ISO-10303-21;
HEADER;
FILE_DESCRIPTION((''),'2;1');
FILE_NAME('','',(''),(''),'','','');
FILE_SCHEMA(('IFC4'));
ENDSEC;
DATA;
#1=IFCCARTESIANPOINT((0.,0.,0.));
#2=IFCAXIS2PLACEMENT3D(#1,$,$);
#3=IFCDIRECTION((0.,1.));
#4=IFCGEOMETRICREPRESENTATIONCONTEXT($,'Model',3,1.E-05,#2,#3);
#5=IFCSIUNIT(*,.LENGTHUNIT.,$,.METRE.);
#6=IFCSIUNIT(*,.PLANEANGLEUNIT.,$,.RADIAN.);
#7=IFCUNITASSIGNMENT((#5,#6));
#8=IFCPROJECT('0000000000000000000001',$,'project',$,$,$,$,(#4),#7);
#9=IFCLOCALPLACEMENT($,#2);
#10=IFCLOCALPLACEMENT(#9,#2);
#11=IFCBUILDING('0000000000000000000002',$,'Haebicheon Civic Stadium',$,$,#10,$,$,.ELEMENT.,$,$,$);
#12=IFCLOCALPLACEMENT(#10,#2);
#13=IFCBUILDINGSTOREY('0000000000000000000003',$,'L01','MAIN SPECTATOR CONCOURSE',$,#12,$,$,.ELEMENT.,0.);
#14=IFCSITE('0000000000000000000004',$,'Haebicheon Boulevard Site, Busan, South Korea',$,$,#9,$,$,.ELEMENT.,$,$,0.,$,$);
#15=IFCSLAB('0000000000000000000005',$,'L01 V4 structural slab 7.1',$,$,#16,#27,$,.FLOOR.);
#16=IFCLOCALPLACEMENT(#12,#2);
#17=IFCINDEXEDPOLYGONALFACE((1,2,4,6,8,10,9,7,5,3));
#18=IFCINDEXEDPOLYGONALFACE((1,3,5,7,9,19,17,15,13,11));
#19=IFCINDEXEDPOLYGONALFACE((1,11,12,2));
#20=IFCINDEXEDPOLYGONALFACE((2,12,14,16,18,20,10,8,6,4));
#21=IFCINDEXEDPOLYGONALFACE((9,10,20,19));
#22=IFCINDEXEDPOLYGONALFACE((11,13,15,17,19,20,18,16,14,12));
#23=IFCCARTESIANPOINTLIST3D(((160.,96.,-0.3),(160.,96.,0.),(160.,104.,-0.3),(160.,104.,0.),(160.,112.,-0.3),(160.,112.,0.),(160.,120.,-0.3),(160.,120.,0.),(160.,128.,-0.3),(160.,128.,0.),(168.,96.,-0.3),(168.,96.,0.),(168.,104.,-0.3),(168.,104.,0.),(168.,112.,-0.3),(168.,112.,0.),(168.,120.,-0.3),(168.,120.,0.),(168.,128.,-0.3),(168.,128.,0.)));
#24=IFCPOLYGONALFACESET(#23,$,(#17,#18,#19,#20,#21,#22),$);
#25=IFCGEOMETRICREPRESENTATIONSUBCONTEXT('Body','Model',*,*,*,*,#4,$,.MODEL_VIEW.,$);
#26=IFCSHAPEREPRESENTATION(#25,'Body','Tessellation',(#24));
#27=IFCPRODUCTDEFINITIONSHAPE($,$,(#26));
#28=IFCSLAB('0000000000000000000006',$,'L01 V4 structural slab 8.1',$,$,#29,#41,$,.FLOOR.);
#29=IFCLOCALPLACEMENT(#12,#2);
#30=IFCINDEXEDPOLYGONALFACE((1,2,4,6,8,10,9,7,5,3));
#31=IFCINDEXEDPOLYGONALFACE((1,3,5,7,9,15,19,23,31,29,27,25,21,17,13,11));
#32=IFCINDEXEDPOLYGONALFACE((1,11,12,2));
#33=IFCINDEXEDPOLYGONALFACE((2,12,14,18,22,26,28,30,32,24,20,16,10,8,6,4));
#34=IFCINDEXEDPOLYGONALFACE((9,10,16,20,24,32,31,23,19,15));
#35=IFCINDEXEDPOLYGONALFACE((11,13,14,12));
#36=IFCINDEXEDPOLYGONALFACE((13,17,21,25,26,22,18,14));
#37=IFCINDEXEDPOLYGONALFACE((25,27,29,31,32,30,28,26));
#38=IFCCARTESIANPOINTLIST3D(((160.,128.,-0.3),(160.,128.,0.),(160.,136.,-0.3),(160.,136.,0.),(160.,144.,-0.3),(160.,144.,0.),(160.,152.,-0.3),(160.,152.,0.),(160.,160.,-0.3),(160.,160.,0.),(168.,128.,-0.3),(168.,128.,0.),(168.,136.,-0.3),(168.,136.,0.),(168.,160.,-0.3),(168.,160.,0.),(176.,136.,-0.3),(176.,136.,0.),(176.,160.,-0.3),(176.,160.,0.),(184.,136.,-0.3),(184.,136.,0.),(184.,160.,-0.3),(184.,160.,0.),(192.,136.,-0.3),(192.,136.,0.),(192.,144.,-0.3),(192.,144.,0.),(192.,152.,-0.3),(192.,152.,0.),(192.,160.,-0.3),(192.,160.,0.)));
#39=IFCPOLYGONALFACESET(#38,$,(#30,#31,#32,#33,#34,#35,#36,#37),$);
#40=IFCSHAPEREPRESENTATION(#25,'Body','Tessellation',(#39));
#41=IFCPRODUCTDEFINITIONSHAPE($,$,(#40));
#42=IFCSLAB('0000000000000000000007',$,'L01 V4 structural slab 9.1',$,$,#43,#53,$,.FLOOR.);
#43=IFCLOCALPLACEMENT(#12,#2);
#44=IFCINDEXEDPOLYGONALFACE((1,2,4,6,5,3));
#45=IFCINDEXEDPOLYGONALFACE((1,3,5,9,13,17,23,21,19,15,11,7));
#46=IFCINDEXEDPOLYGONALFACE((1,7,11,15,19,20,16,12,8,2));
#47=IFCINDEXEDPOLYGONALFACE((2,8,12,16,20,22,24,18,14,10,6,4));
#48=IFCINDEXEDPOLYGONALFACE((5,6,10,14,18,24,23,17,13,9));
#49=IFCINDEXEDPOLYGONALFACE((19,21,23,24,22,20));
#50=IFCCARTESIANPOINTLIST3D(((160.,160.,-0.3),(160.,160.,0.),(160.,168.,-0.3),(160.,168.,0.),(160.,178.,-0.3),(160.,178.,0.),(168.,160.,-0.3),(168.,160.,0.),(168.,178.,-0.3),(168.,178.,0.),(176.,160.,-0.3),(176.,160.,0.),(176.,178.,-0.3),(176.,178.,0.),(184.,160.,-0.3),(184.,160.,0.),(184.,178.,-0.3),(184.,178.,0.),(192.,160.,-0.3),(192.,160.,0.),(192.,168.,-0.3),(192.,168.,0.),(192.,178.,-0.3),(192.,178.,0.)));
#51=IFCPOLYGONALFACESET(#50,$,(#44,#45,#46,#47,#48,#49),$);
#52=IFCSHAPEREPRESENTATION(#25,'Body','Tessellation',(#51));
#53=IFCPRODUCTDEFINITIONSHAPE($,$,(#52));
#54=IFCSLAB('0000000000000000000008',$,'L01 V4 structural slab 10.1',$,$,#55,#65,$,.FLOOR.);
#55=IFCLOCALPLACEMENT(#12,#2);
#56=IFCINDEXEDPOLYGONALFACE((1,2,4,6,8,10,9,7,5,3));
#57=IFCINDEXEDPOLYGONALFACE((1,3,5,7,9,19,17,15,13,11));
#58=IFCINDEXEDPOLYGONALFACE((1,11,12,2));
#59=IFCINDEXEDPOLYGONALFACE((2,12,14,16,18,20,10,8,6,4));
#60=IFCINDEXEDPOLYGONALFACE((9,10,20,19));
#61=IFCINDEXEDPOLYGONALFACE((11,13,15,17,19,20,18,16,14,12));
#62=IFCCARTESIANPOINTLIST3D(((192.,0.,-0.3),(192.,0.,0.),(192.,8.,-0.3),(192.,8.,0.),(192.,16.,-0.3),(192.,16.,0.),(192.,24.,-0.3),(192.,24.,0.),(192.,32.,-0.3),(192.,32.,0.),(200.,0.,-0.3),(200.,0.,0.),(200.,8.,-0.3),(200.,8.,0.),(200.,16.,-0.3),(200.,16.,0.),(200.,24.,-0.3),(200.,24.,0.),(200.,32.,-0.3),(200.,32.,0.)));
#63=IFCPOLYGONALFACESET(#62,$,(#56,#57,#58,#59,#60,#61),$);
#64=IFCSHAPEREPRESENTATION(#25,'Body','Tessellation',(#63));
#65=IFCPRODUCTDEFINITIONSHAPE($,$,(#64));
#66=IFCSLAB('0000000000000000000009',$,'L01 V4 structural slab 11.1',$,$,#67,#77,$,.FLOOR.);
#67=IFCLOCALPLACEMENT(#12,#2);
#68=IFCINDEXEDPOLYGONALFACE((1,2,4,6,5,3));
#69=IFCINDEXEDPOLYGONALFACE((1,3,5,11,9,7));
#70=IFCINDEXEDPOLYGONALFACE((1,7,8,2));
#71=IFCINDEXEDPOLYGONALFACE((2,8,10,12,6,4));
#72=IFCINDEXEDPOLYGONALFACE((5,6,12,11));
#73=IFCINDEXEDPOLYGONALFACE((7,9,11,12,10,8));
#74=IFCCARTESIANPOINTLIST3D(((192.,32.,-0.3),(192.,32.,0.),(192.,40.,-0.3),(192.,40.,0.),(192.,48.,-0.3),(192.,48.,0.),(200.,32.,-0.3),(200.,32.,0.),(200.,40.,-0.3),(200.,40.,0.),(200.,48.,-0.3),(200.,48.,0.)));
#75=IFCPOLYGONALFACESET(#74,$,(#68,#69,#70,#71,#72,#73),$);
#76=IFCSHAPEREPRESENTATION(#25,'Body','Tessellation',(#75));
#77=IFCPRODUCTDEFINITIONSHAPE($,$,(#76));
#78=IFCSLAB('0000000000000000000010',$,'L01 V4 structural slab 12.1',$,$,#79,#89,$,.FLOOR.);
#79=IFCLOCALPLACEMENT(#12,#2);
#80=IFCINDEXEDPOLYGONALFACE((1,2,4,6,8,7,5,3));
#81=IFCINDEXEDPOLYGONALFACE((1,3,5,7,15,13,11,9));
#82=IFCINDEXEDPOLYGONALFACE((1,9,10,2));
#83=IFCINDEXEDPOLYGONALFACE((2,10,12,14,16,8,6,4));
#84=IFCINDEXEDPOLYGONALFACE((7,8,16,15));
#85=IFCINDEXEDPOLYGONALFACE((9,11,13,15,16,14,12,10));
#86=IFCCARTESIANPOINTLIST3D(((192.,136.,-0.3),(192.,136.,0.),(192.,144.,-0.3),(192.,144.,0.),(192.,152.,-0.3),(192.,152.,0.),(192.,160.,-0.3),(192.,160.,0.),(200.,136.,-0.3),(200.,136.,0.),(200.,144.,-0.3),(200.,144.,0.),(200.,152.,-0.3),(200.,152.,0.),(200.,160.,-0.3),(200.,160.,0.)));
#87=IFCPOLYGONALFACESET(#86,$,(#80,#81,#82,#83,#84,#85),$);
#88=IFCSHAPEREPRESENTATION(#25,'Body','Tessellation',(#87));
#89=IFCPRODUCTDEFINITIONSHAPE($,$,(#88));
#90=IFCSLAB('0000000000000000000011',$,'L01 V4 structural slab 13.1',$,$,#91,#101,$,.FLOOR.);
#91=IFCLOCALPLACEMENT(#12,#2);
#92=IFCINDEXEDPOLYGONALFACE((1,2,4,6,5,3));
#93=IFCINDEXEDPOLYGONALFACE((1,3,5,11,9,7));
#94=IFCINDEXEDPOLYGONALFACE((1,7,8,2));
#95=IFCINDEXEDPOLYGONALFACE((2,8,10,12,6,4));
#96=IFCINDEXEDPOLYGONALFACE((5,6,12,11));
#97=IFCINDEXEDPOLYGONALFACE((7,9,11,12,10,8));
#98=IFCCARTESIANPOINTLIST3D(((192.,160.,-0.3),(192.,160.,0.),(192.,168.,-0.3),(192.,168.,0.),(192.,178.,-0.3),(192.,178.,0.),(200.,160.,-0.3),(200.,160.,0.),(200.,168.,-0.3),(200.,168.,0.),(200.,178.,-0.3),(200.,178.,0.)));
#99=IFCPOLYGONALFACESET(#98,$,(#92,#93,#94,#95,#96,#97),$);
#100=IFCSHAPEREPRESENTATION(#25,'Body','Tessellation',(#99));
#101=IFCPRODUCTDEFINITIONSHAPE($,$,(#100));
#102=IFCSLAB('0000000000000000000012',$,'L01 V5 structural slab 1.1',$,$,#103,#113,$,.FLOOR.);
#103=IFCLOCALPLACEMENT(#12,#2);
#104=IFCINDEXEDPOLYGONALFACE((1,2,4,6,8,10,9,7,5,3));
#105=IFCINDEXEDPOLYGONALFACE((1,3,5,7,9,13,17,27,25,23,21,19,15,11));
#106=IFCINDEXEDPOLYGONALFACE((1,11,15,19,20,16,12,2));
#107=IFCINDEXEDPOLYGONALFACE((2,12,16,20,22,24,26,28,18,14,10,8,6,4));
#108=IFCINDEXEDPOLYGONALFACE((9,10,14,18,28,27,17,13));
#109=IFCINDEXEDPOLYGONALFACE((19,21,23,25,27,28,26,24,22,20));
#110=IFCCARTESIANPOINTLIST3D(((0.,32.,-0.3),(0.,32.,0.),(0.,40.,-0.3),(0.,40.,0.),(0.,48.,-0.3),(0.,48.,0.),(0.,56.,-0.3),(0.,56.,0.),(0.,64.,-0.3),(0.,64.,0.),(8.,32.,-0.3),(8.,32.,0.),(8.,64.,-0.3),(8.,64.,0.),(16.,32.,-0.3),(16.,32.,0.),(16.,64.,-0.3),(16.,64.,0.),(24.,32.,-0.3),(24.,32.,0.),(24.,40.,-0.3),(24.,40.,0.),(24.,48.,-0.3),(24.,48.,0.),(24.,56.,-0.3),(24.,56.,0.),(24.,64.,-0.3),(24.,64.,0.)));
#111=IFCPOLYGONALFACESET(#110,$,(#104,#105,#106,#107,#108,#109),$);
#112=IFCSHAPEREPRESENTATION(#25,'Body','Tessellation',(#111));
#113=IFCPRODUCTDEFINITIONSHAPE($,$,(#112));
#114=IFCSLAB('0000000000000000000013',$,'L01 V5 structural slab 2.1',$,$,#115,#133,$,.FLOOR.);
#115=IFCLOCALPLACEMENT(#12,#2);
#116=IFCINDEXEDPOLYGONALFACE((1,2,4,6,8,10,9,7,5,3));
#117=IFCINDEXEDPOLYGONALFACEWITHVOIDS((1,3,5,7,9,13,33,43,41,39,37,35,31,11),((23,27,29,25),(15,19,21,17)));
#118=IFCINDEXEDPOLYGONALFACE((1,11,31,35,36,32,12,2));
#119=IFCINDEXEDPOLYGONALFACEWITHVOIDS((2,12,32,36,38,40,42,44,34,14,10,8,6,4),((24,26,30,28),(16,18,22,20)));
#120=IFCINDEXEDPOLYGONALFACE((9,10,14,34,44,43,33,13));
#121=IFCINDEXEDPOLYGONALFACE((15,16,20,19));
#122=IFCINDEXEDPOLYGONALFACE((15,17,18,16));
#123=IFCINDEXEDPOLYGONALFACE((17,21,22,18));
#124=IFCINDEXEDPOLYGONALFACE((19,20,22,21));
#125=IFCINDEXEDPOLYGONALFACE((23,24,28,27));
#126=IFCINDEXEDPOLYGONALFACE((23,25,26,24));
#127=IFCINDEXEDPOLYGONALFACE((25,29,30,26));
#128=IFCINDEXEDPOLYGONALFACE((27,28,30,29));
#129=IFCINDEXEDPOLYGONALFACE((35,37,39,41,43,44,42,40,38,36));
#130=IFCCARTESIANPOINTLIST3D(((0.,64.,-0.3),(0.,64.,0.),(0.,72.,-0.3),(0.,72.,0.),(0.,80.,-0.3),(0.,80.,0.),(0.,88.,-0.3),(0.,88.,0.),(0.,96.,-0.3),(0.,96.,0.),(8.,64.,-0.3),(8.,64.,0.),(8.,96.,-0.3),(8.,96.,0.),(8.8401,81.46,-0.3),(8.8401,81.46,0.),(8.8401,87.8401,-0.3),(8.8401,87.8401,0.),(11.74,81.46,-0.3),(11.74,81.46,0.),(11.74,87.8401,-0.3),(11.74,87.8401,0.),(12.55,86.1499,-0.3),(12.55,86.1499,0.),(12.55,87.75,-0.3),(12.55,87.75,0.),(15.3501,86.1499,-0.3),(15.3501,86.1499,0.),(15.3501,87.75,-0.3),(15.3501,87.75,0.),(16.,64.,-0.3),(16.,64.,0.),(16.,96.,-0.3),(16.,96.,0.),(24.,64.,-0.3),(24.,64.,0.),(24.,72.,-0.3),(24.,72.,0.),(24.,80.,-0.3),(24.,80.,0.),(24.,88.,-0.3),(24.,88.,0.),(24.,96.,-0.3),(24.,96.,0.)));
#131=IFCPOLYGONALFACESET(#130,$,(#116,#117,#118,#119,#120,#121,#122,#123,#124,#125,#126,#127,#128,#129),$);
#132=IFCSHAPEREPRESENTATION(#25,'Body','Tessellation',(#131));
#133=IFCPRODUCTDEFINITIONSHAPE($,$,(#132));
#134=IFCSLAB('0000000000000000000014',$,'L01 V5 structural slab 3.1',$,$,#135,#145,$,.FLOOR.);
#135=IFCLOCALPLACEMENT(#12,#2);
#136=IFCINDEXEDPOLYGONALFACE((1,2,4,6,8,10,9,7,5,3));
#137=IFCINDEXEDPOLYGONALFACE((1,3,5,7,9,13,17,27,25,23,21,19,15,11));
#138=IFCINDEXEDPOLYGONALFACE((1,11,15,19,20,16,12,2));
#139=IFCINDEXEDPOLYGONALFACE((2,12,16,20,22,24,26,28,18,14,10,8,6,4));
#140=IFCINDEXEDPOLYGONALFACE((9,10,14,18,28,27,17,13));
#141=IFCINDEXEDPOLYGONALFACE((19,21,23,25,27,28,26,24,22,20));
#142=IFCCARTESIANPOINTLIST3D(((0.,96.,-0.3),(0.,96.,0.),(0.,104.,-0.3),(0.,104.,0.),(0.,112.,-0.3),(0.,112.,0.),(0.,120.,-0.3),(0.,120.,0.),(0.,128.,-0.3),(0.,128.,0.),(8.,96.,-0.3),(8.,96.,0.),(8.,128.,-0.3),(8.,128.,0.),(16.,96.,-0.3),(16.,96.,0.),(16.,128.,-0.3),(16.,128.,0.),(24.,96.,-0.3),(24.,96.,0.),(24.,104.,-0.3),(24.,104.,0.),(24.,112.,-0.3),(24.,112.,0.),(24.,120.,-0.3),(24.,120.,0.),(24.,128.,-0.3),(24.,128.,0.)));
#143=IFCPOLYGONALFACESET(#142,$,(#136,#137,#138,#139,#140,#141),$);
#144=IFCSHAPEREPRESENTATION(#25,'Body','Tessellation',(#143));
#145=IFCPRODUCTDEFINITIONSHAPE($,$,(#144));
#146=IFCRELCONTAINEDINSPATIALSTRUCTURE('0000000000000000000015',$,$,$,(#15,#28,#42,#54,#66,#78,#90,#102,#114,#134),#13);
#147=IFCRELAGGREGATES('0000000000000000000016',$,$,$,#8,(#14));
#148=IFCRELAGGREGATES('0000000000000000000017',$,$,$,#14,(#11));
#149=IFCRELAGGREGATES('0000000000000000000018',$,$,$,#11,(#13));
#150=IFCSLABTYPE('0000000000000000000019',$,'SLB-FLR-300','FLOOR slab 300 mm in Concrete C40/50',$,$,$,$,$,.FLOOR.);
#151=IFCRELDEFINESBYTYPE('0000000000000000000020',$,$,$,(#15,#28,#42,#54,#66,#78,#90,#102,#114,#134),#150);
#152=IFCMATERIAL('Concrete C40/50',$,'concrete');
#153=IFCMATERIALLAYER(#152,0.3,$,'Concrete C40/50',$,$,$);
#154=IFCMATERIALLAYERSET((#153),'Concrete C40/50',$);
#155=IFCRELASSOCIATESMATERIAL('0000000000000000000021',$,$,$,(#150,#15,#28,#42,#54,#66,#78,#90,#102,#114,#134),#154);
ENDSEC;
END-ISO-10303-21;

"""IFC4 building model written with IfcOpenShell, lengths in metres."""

from ifc_helpers import new_model, si_unit, direction, frame, origin, place, context, subcontext, project, spatial, polyline, outline, extrude, material, layer, layer_set, type_object, element, save


model = new_model("IFC4")

# Units and contexts
model_context = context("Model", 3, precision=1e-05, world=origin(), true_north=direction((0.0, 1.0)))
body_context = subcontext(model_context, "Body", "Model", "MODEL_VIEW")
ifc_project = project(units=[si_unit("LENGTHUNIT", "METRE"), si_unit("PLANEANGLEUNIT", "RADIAN")], contexts=[model_context])

# Site, building, storey
site_placement = place(None, origin())
site = spatial("IfcSite", under=ifc_project, at=site_placement, Name="Haebicheon Boulevard Site, Busan, South Korea", CompositionType="ELEMENT", RefElevation=0.0)
building_placement = place(site_placement, origin())
building = spatial("IfcBuilding", under=site, at=building_placement, Name="Haebicheon Civic Stadium", CompositionType="ELEMENT")
storey_placement = place(building_placement, origin())
storey = spatial("IfcBuildingStorey", under=building, at=storey_placement, Name="L01", Description="MAIN SPECTATOR CONCOURSE", CompositionType="ELEMENT", Elevation=0.0)

# Slabs
ifc_material_1 = material(Name="Concrete C40/50", Category="concrete")
ifc_layer_1 = layer(ifc_material_1, 0.3, Name="Concrete C40/50")
ifc_layer_set_1 = layer_set([ifc_layer_1], Name="Concrete C40/50")
slab_type_1 = type_object("IfcSlabType", Name="SLB-FLR-300", Description="FLOOR slab 300 mm in Concrete C40/50", PredefinedType="FLOOR", material=ifc_layer_set_1)
slab_1_placement = place(storey_placement, frame((0.0, 0.0, -0.3)))
element("IfcSlab", 1, at=slab_1_placement, inside=storey, type_object=slab_type_1, material=ifc_layer_set_1, Name="L01 V4 structural slab 7.1", PredefinedType="FLOOR", context=body_context, shape_type="SweptSolid", body=[
    extrude(outline(polyline([(160.0, 96.0), (160.0, 104.0), (160.0, 112.0), (160.0, 120.0), (160.0, 128.0), (168.0, 128.0), (168.0, 120.0), (168.0, 112.0), (168.0, 104.0), (168.0, 96.0), (160.0, 96.0)])), origin(), (0.0, 0.0, 1.0), 0.3),
])
slab_2_placement = place(storey_placement, frame((0.0, 0.0, -0.3)))
element("IfcSlab", 2, at=slab_2_placement, inside=storey, type_object=slab_type_1, material=ifc_layer_set_1, Name="L01 V4 structural slab 8.1", PredefinedType="FLOOR", context=body_context, shape_type="SweptSolid", body=[
    extrude(outline(polyline([(160.0, 136.0), (160.0, 144.0), (160.0, 152.0), (160.0, 160.0), (168.0, 160.0), (176.0, 160.0), (184.0, 160.0), (192.0, 160.0), (192.0, 152.0), (192.0, 144.0), (192.0, 136.0), (184.0, 136.0), (176.0, 136.0), (168.0, 136.0), (168.0, 128.0), (160.0, 128.0), (160.0, 136.0)])), origin(), (0.0, 0.0, 1.0), 0.3),
])
slab_3_placement = place(storey_placement, frame((0.0, 0.0, -0.3)))
element("IfcSlab", 3, at=slab_3_placement, inside=storey, type_object=slab_type_1, material=ifc_layer_set_1, Name="L01 V4 structural slab 9.1", PredefinedType="FLOOR", context=body_context, shape_type="SweptSolid", body=[
    extrude(outline(polyline([(192.0, 160.0), (184.0, 160.0), (176.0, 160.0), (168.0, 160.0), (160.0, 160.0), (160.0, 168.0), (160.0, 178.0), (168.0, 178.0), (176.0, 178.0), (184.0, 178.0), (192.0, 178.0), (192.0, 168.0), (192.0, 160.0)])), origin(), (0.0, 0.0, 1.0), 0.3),
])
slab_4_placement = place(storey_placement, frame((0.0, 0.0, -0.3)))
element("IfcSlab", 4, at=slab_4_placement, inside=storey, type_object=slab_type_1, material=ifc_layer_set_1, Name="L01 V4 structural slab 10.1", PredefinedType="FLOOR", context=body_context, shape_type="SweptSolid", body=[
    extrude(outline(polyline([(192.0, 0.0), (192.0, 8.0), (192.0, 16.0), (192.0, 24.0), (192.0, 32.0), (200.0, 32.0), (200.0, 24.0), (200.0, 16.0), (200.0, 8.0), (200.0, 0.0), (192.0, 0.0)])), origin(), (0.0, 0.0, 1.0), 0.3),
])
slab_5_placement = place(storey_placement, frame((0.0, 0.0, -0.3)))
element("IfcSlab", 5, at=slab_5_placement, inside=storey, type_object=slab_type_1, material=ifc_layer_set_1, Name="L01 V4 structural slab 11.1", PredefinedType="FLOOR", context=body_context, shape_type="SweptSolid", body=[
    extrude(outline(polyline([(200.0, 32.0), (192.0, 32.0), (192.0, 40.0), (192.0, 48.0), (200.0, 48.0), (200.0, 40.0), (200.0, 32.0)])), origin(), (0.0, 0.0, 1.0), 0.3),
])
slab_6_placement = place(storey_placement, frame((0.0, 0.0, -0.3)))
element("IfcSlab", 6, at=slab_6_placement, inside=storey, type_object=slab_type_1, material=ifc_layer_set_1, Name="L01 V4 structural slab 12.1", PredefinedType="FLOOR", context=body_context, shape_type="SweptSolid", body=[
    extrude(outline(polyline([(200.0, 136.0), (192.0, 136.0), (192.0, 144.0), (192.0, 152.0), (192.0, 160.0), (200.0, 160.0), (200.0, 152.0), (200.0, 144.0), (200.0, 136.0)])), origin(), (0.0, 0.0, 1.0), 0.3),
])
slab_7_placement = place(storey_placement, frame((0.0, 0.0, -0.3)))
element("IfcSlab", 7, at=slab_7_placement, inside=storey, type_object=slab_type_1, material=ifc_layer_set_1, Name="L01 V4 structural slab 13.1", PredefinedType="FLOOR", context=body_context, shape_type="SweptSolid", body=[
    extrude(outline(polyline([(200.0, 160.0), (192.0, 160.0), (192.0, 168.0), (192.0, 178.0), (200.0, 178.0), (200.0, 168.0), (200.0, 160.0)])), origin(), (0.0, 0.0, 1.0), 0.3),
])
slab_8_placement = place(storey_placement, frame((0.0, 0.0, -0.3)))
element("IfcSlab", 8, at=slab_8_placement, inside=storey, type_object=slab_type_1, material=ifc_layer_set_1, Name="L01 V5 structural slab 1.1", PredefinedType="FLOOR", context=body_context, shape_type="SweptSolid", body=[
    extrude(outline(polyline([(0.0, 48.0), (0.0, 56.0), (0.0, 64.0), (8.0, 64.0), (16.0, 64.0), (24.0, 64.0), (24.0, 56.0), (24.0, 48.0), (24.0, 40.0), (24.0, 32.0), (16.0, 32.0), (8.0, 32.0), (0.0, 32.0), (0.0, 40.0), (0.0, 48.0)])), origin(), (0.0, 0.0, 1.0), 0.3),
])
slab_9_placement = place(storey_placement, frame((0.0, 0.0, -0.3)))
element("IfcSlab", 9, at=slab_9_placement, inside=storey, type_object=slab_type_1, material=ifc_layer_set_1, Name="L01 V5 structural slab 2.1", PredefinedType="FLOOR", context=body_context, shape_type="SweptSolid", body=[
    extrude(outline(polyline([(0.0, 80.0), (0.0, 88.0), (0.0, 96.0), (8.0, 96.0), (16.0, 96.0), (24.0, 96.0), (24.0, 88.0), (24.0, 80.0), (24.0, 72.0), (24.0, 64.0), (16.0, 64.0), (8.0, 64.0), (0.0, 64.0), (0.0, 72.0), (0.0, 80.0)]), holes=[polyline([(8.8401, 81.46), (11.74, 81.46), (11.74, 87.8401), (8.8401, 87.8401), (8.8401, 81.46)]), polyline([(12.55, 86.1499), (15.3501, 86.1499), (15.3501, 87.75), (12.55, 87.75), (12.55, 86.1499)])]), origin(), (0.0, 0.0, 1.0), 0.3),
])
slab_10_placement = place(storey_placement, frame((0.0, 0.0, -0.3)))
element("IfcSlab", 10, at=slab_10_placement, inside=storey, type_object=slab_type_1, material=ifc_layer_set_1, Name="L01 V5 structural slab 3.1", PredefinedType="FLOOR", context=body_context, shape_type="SweptSolid", body=[
    extrude(outline(polyline([(0.0, 112.0), (0.0, 120.0), (0.0, 128.0), (8.0, 128.0), (16.0, 128.0), (24.0, 128.0), (24.0, 120.0), (24.0, 112.0), (24.0, 104.0), (24.0, 96.0), (16.0, 96.0), (8.0, 96.0), (0.0, 96.0), (0.0, 104.0), (0.0, 112.0)])), origin(), (0.0, 0.0, 1.0), 0.3),
])

save(model, "model.ifc")
